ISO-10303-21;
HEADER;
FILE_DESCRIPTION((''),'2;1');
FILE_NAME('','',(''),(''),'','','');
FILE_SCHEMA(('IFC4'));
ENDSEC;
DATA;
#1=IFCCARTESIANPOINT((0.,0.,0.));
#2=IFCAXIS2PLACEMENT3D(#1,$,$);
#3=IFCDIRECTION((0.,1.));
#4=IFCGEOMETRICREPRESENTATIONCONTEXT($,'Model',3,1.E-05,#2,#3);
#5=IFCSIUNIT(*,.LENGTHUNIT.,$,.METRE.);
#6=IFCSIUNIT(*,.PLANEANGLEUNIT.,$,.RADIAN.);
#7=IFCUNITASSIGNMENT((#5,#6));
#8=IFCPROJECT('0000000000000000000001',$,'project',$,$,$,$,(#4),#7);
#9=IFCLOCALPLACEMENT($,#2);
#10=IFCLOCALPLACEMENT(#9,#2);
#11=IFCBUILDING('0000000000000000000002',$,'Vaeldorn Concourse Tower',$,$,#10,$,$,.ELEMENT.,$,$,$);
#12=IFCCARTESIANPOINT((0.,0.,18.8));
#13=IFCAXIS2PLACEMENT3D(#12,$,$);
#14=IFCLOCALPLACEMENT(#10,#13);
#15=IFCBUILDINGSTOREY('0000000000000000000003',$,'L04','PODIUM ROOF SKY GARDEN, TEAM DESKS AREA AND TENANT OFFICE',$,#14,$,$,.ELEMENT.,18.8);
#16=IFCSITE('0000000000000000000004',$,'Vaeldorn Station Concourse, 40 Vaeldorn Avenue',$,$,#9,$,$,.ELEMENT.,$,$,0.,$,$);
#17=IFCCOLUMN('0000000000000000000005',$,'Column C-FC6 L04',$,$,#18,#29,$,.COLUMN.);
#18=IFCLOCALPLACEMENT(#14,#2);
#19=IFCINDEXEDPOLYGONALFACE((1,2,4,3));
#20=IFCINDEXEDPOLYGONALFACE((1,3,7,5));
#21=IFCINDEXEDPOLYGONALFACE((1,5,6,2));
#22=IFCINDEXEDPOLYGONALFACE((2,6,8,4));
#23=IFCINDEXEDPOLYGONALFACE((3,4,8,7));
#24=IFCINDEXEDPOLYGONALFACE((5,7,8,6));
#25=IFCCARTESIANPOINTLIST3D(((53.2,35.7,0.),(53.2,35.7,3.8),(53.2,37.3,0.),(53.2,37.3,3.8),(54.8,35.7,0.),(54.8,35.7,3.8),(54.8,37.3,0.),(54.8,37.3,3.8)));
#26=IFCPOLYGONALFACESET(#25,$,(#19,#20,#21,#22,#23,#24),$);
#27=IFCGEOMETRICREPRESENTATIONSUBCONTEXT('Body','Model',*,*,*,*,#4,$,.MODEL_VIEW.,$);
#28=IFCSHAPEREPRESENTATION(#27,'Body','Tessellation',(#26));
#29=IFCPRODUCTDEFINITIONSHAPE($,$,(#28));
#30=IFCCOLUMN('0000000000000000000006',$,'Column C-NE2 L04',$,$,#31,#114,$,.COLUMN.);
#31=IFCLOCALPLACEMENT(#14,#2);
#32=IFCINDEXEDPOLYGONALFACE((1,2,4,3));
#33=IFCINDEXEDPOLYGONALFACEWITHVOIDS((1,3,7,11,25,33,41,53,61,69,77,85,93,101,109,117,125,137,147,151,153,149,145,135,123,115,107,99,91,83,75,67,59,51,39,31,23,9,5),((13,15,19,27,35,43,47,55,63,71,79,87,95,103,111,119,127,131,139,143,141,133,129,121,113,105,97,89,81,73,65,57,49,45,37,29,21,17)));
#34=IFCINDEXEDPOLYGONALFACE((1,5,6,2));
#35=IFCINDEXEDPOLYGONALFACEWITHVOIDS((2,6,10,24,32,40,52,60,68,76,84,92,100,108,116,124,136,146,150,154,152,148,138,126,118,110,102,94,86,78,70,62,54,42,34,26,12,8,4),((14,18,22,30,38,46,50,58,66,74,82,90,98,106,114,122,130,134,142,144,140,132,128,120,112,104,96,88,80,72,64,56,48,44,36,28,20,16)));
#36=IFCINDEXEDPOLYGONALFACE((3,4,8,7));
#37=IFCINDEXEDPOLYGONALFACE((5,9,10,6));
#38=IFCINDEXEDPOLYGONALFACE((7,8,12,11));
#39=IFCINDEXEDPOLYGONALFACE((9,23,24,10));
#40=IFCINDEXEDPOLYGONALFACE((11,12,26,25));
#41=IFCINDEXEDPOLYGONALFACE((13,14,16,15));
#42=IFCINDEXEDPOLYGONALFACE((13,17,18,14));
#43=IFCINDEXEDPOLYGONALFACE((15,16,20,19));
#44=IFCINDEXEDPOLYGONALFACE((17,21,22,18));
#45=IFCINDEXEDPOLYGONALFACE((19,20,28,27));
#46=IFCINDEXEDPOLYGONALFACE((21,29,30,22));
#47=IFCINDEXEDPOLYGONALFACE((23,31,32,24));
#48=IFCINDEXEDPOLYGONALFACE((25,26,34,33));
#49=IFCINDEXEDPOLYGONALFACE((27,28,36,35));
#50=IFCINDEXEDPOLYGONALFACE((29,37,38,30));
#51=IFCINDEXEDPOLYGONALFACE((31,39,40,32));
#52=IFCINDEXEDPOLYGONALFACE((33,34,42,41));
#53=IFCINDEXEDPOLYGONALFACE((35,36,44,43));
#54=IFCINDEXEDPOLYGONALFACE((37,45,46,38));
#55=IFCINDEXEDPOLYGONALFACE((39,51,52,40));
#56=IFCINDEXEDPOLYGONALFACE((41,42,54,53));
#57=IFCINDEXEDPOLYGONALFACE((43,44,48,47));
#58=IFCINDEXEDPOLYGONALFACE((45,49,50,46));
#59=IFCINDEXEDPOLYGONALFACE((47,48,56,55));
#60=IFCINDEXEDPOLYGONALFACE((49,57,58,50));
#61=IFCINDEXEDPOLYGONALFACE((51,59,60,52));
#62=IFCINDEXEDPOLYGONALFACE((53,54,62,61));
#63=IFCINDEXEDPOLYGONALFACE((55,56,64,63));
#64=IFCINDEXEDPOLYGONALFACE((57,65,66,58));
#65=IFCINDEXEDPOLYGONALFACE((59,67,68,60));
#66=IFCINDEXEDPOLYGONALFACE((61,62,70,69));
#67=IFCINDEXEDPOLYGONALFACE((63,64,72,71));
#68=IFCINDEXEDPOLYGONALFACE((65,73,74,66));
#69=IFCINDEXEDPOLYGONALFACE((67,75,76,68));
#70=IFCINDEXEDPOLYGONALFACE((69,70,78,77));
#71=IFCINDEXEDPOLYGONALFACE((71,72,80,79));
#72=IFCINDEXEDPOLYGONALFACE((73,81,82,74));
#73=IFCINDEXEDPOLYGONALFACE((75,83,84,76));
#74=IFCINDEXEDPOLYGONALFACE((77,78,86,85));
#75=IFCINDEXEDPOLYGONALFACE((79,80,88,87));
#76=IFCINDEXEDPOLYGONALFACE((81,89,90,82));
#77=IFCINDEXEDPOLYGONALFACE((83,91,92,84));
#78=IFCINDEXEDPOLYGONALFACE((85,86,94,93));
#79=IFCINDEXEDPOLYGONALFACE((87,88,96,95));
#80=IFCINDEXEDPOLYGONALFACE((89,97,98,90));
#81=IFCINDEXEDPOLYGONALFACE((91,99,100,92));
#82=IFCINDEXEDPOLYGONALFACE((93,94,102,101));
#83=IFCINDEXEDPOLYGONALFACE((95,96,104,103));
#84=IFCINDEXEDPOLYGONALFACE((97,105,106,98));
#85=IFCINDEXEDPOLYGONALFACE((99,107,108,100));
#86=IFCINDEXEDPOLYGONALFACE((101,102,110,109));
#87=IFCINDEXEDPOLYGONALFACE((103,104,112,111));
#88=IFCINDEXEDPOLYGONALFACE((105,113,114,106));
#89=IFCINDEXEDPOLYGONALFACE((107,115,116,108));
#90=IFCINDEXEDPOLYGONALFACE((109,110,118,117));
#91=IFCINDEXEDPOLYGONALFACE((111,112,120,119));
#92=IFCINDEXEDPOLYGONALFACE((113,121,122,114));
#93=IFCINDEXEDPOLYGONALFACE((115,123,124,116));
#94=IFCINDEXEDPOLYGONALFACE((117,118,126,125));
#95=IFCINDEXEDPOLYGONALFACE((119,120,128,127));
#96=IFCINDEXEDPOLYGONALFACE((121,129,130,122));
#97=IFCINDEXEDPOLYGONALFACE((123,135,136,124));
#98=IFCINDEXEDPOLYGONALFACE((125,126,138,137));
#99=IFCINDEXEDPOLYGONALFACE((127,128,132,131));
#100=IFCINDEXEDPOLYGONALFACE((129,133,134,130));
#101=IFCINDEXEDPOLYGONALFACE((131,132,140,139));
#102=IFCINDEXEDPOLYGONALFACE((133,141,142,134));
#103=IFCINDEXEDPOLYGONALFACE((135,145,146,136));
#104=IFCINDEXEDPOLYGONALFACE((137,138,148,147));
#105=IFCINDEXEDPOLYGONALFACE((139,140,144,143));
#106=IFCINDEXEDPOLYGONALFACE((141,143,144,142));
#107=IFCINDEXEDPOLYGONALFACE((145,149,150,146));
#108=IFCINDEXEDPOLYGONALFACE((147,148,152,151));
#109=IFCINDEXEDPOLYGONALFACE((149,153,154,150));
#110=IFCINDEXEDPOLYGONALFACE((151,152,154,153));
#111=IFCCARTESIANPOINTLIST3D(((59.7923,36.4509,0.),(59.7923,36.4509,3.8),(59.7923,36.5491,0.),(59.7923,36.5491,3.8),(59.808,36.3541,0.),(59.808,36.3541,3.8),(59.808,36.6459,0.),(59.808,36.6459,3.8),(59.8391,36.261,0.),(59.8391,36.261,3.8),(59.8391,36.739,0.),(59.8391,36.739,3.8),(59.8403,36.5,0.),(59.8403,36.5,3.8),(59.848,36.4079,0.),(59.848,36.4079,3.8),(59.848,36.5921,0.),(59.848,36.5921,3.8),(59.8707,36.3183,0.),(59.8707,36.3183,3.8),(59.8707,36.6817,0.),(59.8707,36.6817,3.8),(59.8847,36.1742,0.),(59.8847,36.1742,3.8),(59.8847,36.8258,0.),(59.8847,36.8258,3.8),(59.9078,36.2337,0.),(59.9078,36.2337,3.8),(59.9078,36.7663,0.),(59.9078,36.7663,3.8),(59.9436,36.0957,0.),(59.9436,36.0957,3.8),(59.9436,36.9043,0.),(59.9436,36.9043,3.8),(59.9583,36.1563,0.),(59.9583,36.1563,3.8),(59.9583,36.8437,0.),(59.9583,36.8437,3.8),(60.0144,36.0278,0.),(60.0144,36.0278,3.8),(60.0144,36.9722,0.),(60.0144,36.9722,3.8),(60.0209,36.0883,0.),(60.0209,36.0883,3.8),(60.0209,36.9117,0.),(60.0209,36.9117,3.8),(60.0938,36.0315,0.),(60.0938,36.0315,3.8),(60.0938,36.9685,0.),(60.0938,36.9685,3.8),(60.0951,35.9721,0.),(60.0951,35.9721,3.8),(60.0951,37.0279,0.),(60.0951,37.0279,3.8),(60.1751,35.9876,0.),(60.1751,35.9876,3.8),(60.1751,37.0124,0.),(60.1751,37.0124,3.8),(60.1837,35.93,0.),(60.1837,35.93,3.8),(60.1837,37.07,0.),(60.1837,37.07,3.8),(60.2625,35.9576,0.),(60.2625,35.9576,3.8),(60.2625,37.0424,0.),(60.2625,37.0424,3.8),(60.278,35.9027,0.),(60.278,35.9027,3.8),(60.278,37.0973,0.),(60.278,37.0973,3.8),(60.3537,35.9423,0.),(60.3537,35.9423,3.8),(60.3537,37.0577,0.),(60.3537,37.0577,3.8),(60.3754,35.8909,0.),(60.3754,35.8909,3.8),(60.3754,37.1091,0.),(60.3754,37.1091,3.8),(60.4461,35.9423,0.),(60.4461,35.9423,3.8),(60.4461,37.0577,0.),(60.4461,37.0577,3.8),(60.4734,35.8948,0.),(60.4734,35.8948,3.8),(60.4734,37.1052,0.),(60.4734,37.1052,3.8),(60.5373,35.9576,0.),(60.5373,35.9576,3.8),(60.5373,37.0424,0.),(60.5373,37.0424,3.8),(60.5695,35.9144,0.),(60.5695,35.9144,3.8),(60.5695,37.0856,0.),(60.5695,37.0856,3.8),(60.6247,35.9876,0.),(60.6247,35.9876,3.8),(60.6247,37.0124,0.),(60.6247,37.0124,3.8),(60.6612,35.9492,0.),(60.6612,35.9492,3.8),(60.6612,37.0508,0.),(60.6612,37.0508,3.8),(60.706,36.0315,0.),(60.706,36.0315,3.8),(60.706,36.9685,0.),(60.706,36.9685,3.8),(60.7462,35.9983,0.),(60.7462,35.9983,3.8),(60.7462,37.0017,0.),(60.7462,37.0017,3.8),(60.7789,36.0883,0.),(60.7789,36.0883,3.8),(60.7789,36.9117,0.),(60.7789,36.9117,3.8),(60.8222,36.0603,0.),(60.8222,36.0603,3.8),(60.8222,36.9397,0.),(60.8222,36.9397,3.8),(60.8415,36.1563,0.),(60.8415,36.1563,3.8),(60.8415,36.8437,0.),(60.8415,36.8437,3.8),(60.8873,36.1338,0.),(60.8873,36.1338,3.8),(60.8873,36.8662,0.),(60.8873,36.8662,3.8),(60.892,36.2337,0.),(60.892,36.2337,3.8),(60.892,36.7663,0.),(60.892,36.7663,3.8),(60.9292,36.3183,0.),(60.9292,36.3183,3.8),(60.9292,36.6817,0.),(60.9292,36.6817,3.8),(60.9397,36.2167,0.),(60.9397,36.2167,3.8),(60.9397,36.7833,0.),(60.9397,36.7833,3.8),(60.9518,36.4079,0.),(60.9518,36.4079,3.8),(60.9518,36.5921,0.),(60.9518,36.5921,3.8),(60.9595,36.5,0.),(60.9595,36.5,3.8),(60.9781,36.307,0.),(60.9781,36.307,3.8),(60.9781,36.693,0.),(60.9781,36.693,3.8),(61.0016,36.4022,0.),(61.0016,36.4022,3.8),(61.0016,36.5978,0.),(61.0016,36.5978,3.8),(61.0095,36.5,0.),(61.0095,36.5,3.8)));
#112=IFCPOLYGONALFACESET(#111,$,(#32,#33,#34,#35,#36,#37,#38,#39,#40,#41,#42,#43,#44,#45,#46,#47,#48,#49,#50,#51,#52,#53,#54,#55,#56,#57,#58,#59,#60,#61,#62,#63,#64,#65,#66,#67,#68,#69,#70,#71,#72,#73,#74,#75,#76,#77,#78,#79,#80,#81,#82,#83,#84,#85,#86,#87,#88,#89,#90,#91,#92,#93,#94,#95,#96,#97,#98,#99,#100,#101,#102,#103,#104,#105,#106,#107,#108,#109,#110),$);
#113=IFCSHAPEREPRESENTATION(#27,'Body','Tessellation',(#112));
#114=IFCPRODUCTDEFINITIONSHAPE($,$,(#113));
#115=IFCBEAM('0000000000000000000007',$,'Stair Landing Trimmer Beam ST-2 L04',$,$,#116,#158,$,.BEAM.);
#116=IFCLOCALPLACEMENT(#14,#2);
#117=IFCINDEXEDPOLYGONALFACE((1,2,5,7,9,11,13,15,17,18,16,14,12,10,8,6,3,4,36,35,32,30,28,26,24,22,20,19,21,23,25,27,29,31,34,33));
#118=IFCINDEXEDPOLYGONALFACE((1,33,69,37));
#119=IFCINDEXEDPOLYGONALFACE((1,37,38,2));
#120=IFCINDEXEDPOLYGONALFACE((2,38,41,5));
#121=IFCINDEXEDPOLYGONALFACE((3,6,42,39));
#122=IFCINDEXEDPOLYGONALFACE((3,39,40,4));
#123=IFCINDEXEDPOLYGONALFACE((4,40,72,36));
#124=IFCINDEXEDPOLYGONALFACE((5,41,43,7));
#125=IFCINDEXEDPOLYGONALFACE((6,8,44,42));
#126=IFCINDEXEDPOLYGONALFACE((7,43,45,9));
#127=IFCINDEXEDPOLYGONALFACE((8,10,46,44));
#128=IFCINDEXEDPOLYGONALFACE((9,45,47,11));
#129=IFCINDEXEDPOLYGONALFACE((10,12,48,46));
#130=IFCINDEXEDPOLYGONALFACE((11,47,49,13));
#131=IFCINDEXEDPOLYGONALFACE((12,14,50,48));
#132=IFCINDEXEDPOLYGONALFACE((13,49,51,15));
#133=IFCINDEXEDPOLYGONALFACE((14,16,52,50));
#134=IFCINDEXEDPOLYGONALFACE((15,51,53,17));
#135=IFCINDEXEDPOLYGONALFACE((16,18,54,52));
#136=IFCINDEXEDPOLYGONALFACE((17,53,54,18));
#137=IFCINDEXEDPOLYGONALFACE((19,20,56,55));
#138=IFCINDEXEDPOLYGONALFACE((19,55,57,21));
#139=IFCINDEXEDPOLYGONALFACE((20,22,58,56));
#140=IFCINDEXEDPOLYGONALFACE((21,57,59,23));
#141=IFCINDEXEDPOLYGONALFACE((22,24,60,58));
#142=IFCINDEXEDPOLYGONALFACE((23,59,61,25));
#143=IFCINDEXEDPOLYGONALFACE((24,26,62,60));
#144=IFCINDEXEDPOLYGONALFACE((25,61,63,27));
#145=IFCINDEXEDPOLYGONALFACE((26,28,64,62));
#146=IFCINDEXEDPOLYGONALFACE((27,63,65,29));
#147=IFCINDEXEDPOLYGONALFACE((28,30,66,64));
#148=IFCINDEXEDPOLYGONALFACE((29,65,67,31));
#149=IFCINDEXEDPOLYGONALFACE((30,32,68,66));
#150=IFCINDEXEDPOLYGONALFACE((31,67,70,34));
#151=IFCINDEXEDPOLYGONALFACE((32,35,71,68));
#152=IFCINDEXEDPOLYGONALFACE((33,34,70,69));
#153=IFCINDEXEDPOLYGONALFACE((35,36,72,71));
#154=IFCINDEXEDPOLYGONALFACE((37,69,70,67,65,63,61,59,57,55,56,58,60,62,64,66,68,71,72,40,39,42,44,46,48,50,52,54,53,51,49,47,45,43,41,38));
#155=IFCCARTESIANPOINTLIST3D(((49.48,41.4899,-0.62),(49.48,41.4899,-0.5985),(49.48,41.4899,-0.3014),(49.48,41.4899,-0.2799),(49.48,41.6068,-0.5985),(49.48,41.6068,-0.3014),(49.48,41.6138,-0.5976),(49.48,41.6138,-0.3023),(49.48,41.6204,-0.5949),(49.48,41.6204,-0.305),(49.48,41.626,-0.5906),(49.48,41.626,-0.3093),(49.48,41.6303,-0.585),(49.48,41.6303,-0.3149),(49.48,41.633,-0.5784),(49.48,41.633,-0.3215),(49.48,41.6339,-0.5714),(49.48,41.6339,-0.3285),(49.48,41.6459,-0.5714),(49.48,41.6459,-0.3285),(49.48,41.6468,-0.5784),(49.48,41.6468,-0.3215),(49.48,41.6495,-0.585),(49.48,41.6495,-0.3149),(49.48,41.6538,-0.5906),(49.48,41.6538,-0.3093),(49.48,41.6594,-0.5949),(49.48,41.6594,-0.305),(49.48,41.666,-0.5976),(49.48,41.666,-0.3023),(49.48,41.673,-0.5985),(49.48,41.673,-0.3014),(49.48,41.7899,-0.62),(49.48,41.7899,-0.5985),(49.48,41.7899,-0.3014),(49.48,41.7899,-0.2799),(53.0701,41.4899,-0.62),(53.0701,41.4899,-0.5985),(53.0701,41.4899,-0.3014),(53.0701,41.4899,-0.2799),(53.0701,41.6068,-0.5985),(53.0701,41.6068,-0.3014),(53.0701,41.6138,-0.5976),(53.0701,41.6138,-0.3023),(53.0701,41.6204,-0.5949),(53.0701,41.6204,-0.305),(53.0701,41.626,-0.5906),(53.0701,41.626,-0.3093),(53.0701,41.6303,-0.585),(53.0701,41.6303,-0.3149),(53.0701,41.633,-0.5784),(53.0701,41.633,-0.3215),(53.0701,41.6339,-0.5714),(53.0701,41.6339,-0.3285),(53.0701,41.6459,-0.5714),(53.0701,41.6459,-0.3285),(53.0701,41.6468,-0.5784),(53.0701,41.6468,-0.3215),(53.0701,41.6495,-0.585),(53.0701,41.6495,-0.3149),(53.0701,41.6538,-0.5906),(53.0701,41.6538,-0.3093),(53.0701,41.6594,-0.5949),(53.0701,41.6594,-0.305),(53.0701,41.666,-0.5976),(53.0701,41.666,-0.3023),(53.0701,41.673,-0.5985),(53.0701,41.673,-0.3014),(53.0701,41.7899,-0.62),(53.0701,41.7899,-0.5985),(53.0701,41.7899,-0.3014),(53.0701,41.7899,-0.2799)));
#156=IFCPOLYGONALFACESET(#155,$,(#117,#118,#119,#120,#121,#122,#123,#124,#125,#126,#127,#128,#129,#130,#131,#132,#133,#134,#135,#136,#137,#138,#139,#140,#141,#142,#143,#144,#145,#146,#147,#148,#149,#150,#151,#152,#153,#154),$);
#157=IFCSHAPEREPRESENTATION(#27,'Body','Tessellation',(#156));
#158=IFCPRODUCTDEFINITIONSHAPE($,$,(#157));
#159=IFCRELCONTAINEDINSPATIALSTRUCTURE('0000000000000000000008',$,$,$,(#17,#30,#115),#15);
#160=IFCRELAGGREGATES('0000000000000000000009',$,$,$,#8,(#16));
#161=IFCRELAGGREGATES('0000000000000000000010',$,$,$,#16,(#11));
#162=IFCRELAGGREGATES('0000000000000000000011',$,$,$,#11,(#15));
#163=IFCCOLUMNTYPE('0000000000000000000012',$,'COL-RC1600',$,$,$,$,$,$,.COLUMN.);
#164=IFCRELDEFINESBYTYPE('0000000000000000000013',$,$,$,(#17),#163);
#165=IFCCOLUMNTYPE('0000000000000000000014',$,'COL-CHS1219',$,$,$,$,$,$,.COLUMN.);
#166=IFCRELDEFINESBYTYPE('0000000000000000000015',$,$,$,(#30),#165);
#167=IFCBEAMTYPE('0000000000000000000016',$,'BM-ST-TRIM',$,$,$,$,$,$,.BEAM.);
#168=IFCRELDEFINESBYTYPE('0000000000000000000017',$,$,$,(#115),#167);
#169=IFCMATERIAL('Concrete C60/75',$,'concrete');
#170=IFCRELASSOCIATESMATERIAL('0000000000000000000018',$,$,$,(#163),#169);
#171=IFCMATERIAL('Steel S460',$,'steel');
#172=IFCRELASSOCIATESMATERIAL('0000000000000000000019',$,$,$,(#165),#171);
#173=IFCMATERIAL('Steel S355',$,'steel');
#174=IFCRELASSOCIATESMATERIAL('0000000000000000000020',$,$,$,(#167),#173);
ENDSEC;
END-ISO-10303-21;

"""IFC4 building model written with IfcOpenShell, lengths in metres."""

from ifc_helpers import new_model, si_unit, direction, frame, origin, origin_2d, place, context, subcontext, project, spatial, rectangle, hollow_circle, i_section, extrude, source, transform, mapped, material, material_profile, profile_set, type_object, element, save


model = new_model("IFC4")

# Units and contexts
model_context = context("Model", 3, precision=1e-05, world=origin(), true_north=direction((0.0, 1.0)))
body_context = subcontext(model_context, "Body", "Model", "MODEL_VIEW")
ifc_project = project(units=[si_unit("LENGTHUNIT", "METRE"), si_unit("PLANEANGLEUNIT", "RADIAN")], contexts=[model_context])

# Site, building, storey
site_placement = place(None, origin())
site = spatial("IfcSite", under=ifc_project, at=site_placement, Name="Vaeldorn Station Concourse, 40 Vaeldorn Avenue", CompositionType="ELEMENT", RefElevation=0.0)
building_placement = place(site_placement, origin())
building = spatial("IfcBuilding", under=site, at=building_placement, Name="Vaeldorn Concourse Tower", CompositionType="ELEMENT")
storey_placement = place(building_placement, frame((0.0, 0.0, 18.8)))
storey = spatial("IfcBuildingStorey", under=building, at=storey_placement, Name="L04", Description="PODIUM ROOF SKY GARDEN, TEAM DESKS AREA AND TENANT OFFICE", CompositionType="ELEMENT", Elevation=18.8)

# Columns
ifc_material_1 = material(Name="Concrete C60/75", Category="concrete")
ifc_material_profile_1 = material_profile(ifc_material_1, rectangle(XDim=1.6001, YDim=1.6001, at=origin_2d()), Name="RC 1600x1600")
ifc_profile_set_1 = profile_set([ifc_material_profile_1], Name="Concrete C60/75")
column_type_1 = type_object("IfcColumnType", Name="COL-RC1600", PredefinedType="COLUMN", material=ifc_profile_set_1)
shared_shape_1 = source(origin(), body_context, "Body", "SweptSolid", [
    extrude(rectangle(XDim=1.6001, YDim=1.6001, at=origin_2d()), origin(), (0.0, 0.0, 1.0), 3.8),
])
column_1_placement = place(storey_placement, frame((54.0, 36.5, 0.0), z_axis=(0.0, 0.0, 1.0), x_axis=(1.0, 0.0, 0.0)))
element("IfcColumn", 1, at=column_1_placement, inside=storey, type_object=column_type_1, Name="Column C-FC6 L04", PredefinedType="COLUMN", context=body_context, shape_type="MappedRepresentation", body=[
    mapped(shared_shape_1, transform((0.0, 0.0, 0.0), scale=1.0)),
])
ifc_material_2 = material(Name="Steel S460", Category="steel")
ifc_material_profile_2 = material_profile(ifc_material_2, hollow_circle(Radius=0.6096, WallThickness=0.05, at=origin_2d()), Name="CHS 1219x50")
ifc_profile_set_2 = profile_set([ifc_material_profile_2], Name="Steel S460")
column_type_2 = type_object("IfcColumnType", Name="COL-CHS1219", PredefinedType="COLUMN", material=ifc_profile_set_2)
shared_shape_2 = source(origin(), body_context, "Body", "SweptSolid", [
    extrude(hollow_circle(Radius=0.6096, WallThickness=0.05, at=origin_2d()), origin(), (0.0, 0.0, 1.0), 3.8),
])
column_2_placement = place(storey_placement, frame((60.3999, 36.5, 0.0), z_axis=(0.0, 0.0, 1.0), x_axis=(1.0, 0.0, 0.0)))
element("IfcColumn", 2, at=column_2_placement, inside=storey, type_object=column_type_2, Name="Column C-NE2 L04", PredefinedType="COLUMN", context=body_context, shape_type="MappedRepresentation", body=[
    mapped(shared_shape_2, transform((0.0, 0.0, 0.0), scale=1.0)),
])

# Beam
ifc_material_3 = material(Name="Steel S355", Category="steel")
ifc_material_profile_3 = material_profile(ifc_material_3, i_section(OverallWidth=0.3, OverallDepth=0.3401, WebThickness=0.012, FlangeThickness=0.0215, FilletRadius=0.0271, at=origin_2d()), Name="HEB 340")
ifc_profile_set_3 = profile_set([ifc_material_profile_3], Name="Steel S355")
beam_type_1 = type_object("IfcBeamType", Name="BM-ST-TRIM", PredefinedType="BEAM", material=ifc_profile_set_3)
shared_shape_3 = source(origin(), body_context, "Body", "SweptSolid", [
    extrude(i_section(OverallWidth=0.3, OverallDepth=0.3401, WebThickness=0.012, FlangeThickness=0.0215, FilletRadius=0.0271, at=origin_2d()), origin(), (0.0, 0.0, 1.0), 3.5901),
])
beam_1_placement = place(storey_placement, frame((49.48, 41.6399, -0.45), z_axis=(1.0, 0.0, 0.0), x_axis=(0.0, 1.0, 0.0)))
element("IfcBeam", 3, at=beam_1_placement, inside=storey, type_object=beam_type_1, Name="Stair Landing Trimmer Beam ST-2 L04", PredefinedType="BEAM", context=body_context, shape_type="MappedRepresentation", body=[
    mapped(shared_shape_3, transform((0.0, 0.0, 0.0), scale=1.0)),
])

save(model, "model.ifc")
